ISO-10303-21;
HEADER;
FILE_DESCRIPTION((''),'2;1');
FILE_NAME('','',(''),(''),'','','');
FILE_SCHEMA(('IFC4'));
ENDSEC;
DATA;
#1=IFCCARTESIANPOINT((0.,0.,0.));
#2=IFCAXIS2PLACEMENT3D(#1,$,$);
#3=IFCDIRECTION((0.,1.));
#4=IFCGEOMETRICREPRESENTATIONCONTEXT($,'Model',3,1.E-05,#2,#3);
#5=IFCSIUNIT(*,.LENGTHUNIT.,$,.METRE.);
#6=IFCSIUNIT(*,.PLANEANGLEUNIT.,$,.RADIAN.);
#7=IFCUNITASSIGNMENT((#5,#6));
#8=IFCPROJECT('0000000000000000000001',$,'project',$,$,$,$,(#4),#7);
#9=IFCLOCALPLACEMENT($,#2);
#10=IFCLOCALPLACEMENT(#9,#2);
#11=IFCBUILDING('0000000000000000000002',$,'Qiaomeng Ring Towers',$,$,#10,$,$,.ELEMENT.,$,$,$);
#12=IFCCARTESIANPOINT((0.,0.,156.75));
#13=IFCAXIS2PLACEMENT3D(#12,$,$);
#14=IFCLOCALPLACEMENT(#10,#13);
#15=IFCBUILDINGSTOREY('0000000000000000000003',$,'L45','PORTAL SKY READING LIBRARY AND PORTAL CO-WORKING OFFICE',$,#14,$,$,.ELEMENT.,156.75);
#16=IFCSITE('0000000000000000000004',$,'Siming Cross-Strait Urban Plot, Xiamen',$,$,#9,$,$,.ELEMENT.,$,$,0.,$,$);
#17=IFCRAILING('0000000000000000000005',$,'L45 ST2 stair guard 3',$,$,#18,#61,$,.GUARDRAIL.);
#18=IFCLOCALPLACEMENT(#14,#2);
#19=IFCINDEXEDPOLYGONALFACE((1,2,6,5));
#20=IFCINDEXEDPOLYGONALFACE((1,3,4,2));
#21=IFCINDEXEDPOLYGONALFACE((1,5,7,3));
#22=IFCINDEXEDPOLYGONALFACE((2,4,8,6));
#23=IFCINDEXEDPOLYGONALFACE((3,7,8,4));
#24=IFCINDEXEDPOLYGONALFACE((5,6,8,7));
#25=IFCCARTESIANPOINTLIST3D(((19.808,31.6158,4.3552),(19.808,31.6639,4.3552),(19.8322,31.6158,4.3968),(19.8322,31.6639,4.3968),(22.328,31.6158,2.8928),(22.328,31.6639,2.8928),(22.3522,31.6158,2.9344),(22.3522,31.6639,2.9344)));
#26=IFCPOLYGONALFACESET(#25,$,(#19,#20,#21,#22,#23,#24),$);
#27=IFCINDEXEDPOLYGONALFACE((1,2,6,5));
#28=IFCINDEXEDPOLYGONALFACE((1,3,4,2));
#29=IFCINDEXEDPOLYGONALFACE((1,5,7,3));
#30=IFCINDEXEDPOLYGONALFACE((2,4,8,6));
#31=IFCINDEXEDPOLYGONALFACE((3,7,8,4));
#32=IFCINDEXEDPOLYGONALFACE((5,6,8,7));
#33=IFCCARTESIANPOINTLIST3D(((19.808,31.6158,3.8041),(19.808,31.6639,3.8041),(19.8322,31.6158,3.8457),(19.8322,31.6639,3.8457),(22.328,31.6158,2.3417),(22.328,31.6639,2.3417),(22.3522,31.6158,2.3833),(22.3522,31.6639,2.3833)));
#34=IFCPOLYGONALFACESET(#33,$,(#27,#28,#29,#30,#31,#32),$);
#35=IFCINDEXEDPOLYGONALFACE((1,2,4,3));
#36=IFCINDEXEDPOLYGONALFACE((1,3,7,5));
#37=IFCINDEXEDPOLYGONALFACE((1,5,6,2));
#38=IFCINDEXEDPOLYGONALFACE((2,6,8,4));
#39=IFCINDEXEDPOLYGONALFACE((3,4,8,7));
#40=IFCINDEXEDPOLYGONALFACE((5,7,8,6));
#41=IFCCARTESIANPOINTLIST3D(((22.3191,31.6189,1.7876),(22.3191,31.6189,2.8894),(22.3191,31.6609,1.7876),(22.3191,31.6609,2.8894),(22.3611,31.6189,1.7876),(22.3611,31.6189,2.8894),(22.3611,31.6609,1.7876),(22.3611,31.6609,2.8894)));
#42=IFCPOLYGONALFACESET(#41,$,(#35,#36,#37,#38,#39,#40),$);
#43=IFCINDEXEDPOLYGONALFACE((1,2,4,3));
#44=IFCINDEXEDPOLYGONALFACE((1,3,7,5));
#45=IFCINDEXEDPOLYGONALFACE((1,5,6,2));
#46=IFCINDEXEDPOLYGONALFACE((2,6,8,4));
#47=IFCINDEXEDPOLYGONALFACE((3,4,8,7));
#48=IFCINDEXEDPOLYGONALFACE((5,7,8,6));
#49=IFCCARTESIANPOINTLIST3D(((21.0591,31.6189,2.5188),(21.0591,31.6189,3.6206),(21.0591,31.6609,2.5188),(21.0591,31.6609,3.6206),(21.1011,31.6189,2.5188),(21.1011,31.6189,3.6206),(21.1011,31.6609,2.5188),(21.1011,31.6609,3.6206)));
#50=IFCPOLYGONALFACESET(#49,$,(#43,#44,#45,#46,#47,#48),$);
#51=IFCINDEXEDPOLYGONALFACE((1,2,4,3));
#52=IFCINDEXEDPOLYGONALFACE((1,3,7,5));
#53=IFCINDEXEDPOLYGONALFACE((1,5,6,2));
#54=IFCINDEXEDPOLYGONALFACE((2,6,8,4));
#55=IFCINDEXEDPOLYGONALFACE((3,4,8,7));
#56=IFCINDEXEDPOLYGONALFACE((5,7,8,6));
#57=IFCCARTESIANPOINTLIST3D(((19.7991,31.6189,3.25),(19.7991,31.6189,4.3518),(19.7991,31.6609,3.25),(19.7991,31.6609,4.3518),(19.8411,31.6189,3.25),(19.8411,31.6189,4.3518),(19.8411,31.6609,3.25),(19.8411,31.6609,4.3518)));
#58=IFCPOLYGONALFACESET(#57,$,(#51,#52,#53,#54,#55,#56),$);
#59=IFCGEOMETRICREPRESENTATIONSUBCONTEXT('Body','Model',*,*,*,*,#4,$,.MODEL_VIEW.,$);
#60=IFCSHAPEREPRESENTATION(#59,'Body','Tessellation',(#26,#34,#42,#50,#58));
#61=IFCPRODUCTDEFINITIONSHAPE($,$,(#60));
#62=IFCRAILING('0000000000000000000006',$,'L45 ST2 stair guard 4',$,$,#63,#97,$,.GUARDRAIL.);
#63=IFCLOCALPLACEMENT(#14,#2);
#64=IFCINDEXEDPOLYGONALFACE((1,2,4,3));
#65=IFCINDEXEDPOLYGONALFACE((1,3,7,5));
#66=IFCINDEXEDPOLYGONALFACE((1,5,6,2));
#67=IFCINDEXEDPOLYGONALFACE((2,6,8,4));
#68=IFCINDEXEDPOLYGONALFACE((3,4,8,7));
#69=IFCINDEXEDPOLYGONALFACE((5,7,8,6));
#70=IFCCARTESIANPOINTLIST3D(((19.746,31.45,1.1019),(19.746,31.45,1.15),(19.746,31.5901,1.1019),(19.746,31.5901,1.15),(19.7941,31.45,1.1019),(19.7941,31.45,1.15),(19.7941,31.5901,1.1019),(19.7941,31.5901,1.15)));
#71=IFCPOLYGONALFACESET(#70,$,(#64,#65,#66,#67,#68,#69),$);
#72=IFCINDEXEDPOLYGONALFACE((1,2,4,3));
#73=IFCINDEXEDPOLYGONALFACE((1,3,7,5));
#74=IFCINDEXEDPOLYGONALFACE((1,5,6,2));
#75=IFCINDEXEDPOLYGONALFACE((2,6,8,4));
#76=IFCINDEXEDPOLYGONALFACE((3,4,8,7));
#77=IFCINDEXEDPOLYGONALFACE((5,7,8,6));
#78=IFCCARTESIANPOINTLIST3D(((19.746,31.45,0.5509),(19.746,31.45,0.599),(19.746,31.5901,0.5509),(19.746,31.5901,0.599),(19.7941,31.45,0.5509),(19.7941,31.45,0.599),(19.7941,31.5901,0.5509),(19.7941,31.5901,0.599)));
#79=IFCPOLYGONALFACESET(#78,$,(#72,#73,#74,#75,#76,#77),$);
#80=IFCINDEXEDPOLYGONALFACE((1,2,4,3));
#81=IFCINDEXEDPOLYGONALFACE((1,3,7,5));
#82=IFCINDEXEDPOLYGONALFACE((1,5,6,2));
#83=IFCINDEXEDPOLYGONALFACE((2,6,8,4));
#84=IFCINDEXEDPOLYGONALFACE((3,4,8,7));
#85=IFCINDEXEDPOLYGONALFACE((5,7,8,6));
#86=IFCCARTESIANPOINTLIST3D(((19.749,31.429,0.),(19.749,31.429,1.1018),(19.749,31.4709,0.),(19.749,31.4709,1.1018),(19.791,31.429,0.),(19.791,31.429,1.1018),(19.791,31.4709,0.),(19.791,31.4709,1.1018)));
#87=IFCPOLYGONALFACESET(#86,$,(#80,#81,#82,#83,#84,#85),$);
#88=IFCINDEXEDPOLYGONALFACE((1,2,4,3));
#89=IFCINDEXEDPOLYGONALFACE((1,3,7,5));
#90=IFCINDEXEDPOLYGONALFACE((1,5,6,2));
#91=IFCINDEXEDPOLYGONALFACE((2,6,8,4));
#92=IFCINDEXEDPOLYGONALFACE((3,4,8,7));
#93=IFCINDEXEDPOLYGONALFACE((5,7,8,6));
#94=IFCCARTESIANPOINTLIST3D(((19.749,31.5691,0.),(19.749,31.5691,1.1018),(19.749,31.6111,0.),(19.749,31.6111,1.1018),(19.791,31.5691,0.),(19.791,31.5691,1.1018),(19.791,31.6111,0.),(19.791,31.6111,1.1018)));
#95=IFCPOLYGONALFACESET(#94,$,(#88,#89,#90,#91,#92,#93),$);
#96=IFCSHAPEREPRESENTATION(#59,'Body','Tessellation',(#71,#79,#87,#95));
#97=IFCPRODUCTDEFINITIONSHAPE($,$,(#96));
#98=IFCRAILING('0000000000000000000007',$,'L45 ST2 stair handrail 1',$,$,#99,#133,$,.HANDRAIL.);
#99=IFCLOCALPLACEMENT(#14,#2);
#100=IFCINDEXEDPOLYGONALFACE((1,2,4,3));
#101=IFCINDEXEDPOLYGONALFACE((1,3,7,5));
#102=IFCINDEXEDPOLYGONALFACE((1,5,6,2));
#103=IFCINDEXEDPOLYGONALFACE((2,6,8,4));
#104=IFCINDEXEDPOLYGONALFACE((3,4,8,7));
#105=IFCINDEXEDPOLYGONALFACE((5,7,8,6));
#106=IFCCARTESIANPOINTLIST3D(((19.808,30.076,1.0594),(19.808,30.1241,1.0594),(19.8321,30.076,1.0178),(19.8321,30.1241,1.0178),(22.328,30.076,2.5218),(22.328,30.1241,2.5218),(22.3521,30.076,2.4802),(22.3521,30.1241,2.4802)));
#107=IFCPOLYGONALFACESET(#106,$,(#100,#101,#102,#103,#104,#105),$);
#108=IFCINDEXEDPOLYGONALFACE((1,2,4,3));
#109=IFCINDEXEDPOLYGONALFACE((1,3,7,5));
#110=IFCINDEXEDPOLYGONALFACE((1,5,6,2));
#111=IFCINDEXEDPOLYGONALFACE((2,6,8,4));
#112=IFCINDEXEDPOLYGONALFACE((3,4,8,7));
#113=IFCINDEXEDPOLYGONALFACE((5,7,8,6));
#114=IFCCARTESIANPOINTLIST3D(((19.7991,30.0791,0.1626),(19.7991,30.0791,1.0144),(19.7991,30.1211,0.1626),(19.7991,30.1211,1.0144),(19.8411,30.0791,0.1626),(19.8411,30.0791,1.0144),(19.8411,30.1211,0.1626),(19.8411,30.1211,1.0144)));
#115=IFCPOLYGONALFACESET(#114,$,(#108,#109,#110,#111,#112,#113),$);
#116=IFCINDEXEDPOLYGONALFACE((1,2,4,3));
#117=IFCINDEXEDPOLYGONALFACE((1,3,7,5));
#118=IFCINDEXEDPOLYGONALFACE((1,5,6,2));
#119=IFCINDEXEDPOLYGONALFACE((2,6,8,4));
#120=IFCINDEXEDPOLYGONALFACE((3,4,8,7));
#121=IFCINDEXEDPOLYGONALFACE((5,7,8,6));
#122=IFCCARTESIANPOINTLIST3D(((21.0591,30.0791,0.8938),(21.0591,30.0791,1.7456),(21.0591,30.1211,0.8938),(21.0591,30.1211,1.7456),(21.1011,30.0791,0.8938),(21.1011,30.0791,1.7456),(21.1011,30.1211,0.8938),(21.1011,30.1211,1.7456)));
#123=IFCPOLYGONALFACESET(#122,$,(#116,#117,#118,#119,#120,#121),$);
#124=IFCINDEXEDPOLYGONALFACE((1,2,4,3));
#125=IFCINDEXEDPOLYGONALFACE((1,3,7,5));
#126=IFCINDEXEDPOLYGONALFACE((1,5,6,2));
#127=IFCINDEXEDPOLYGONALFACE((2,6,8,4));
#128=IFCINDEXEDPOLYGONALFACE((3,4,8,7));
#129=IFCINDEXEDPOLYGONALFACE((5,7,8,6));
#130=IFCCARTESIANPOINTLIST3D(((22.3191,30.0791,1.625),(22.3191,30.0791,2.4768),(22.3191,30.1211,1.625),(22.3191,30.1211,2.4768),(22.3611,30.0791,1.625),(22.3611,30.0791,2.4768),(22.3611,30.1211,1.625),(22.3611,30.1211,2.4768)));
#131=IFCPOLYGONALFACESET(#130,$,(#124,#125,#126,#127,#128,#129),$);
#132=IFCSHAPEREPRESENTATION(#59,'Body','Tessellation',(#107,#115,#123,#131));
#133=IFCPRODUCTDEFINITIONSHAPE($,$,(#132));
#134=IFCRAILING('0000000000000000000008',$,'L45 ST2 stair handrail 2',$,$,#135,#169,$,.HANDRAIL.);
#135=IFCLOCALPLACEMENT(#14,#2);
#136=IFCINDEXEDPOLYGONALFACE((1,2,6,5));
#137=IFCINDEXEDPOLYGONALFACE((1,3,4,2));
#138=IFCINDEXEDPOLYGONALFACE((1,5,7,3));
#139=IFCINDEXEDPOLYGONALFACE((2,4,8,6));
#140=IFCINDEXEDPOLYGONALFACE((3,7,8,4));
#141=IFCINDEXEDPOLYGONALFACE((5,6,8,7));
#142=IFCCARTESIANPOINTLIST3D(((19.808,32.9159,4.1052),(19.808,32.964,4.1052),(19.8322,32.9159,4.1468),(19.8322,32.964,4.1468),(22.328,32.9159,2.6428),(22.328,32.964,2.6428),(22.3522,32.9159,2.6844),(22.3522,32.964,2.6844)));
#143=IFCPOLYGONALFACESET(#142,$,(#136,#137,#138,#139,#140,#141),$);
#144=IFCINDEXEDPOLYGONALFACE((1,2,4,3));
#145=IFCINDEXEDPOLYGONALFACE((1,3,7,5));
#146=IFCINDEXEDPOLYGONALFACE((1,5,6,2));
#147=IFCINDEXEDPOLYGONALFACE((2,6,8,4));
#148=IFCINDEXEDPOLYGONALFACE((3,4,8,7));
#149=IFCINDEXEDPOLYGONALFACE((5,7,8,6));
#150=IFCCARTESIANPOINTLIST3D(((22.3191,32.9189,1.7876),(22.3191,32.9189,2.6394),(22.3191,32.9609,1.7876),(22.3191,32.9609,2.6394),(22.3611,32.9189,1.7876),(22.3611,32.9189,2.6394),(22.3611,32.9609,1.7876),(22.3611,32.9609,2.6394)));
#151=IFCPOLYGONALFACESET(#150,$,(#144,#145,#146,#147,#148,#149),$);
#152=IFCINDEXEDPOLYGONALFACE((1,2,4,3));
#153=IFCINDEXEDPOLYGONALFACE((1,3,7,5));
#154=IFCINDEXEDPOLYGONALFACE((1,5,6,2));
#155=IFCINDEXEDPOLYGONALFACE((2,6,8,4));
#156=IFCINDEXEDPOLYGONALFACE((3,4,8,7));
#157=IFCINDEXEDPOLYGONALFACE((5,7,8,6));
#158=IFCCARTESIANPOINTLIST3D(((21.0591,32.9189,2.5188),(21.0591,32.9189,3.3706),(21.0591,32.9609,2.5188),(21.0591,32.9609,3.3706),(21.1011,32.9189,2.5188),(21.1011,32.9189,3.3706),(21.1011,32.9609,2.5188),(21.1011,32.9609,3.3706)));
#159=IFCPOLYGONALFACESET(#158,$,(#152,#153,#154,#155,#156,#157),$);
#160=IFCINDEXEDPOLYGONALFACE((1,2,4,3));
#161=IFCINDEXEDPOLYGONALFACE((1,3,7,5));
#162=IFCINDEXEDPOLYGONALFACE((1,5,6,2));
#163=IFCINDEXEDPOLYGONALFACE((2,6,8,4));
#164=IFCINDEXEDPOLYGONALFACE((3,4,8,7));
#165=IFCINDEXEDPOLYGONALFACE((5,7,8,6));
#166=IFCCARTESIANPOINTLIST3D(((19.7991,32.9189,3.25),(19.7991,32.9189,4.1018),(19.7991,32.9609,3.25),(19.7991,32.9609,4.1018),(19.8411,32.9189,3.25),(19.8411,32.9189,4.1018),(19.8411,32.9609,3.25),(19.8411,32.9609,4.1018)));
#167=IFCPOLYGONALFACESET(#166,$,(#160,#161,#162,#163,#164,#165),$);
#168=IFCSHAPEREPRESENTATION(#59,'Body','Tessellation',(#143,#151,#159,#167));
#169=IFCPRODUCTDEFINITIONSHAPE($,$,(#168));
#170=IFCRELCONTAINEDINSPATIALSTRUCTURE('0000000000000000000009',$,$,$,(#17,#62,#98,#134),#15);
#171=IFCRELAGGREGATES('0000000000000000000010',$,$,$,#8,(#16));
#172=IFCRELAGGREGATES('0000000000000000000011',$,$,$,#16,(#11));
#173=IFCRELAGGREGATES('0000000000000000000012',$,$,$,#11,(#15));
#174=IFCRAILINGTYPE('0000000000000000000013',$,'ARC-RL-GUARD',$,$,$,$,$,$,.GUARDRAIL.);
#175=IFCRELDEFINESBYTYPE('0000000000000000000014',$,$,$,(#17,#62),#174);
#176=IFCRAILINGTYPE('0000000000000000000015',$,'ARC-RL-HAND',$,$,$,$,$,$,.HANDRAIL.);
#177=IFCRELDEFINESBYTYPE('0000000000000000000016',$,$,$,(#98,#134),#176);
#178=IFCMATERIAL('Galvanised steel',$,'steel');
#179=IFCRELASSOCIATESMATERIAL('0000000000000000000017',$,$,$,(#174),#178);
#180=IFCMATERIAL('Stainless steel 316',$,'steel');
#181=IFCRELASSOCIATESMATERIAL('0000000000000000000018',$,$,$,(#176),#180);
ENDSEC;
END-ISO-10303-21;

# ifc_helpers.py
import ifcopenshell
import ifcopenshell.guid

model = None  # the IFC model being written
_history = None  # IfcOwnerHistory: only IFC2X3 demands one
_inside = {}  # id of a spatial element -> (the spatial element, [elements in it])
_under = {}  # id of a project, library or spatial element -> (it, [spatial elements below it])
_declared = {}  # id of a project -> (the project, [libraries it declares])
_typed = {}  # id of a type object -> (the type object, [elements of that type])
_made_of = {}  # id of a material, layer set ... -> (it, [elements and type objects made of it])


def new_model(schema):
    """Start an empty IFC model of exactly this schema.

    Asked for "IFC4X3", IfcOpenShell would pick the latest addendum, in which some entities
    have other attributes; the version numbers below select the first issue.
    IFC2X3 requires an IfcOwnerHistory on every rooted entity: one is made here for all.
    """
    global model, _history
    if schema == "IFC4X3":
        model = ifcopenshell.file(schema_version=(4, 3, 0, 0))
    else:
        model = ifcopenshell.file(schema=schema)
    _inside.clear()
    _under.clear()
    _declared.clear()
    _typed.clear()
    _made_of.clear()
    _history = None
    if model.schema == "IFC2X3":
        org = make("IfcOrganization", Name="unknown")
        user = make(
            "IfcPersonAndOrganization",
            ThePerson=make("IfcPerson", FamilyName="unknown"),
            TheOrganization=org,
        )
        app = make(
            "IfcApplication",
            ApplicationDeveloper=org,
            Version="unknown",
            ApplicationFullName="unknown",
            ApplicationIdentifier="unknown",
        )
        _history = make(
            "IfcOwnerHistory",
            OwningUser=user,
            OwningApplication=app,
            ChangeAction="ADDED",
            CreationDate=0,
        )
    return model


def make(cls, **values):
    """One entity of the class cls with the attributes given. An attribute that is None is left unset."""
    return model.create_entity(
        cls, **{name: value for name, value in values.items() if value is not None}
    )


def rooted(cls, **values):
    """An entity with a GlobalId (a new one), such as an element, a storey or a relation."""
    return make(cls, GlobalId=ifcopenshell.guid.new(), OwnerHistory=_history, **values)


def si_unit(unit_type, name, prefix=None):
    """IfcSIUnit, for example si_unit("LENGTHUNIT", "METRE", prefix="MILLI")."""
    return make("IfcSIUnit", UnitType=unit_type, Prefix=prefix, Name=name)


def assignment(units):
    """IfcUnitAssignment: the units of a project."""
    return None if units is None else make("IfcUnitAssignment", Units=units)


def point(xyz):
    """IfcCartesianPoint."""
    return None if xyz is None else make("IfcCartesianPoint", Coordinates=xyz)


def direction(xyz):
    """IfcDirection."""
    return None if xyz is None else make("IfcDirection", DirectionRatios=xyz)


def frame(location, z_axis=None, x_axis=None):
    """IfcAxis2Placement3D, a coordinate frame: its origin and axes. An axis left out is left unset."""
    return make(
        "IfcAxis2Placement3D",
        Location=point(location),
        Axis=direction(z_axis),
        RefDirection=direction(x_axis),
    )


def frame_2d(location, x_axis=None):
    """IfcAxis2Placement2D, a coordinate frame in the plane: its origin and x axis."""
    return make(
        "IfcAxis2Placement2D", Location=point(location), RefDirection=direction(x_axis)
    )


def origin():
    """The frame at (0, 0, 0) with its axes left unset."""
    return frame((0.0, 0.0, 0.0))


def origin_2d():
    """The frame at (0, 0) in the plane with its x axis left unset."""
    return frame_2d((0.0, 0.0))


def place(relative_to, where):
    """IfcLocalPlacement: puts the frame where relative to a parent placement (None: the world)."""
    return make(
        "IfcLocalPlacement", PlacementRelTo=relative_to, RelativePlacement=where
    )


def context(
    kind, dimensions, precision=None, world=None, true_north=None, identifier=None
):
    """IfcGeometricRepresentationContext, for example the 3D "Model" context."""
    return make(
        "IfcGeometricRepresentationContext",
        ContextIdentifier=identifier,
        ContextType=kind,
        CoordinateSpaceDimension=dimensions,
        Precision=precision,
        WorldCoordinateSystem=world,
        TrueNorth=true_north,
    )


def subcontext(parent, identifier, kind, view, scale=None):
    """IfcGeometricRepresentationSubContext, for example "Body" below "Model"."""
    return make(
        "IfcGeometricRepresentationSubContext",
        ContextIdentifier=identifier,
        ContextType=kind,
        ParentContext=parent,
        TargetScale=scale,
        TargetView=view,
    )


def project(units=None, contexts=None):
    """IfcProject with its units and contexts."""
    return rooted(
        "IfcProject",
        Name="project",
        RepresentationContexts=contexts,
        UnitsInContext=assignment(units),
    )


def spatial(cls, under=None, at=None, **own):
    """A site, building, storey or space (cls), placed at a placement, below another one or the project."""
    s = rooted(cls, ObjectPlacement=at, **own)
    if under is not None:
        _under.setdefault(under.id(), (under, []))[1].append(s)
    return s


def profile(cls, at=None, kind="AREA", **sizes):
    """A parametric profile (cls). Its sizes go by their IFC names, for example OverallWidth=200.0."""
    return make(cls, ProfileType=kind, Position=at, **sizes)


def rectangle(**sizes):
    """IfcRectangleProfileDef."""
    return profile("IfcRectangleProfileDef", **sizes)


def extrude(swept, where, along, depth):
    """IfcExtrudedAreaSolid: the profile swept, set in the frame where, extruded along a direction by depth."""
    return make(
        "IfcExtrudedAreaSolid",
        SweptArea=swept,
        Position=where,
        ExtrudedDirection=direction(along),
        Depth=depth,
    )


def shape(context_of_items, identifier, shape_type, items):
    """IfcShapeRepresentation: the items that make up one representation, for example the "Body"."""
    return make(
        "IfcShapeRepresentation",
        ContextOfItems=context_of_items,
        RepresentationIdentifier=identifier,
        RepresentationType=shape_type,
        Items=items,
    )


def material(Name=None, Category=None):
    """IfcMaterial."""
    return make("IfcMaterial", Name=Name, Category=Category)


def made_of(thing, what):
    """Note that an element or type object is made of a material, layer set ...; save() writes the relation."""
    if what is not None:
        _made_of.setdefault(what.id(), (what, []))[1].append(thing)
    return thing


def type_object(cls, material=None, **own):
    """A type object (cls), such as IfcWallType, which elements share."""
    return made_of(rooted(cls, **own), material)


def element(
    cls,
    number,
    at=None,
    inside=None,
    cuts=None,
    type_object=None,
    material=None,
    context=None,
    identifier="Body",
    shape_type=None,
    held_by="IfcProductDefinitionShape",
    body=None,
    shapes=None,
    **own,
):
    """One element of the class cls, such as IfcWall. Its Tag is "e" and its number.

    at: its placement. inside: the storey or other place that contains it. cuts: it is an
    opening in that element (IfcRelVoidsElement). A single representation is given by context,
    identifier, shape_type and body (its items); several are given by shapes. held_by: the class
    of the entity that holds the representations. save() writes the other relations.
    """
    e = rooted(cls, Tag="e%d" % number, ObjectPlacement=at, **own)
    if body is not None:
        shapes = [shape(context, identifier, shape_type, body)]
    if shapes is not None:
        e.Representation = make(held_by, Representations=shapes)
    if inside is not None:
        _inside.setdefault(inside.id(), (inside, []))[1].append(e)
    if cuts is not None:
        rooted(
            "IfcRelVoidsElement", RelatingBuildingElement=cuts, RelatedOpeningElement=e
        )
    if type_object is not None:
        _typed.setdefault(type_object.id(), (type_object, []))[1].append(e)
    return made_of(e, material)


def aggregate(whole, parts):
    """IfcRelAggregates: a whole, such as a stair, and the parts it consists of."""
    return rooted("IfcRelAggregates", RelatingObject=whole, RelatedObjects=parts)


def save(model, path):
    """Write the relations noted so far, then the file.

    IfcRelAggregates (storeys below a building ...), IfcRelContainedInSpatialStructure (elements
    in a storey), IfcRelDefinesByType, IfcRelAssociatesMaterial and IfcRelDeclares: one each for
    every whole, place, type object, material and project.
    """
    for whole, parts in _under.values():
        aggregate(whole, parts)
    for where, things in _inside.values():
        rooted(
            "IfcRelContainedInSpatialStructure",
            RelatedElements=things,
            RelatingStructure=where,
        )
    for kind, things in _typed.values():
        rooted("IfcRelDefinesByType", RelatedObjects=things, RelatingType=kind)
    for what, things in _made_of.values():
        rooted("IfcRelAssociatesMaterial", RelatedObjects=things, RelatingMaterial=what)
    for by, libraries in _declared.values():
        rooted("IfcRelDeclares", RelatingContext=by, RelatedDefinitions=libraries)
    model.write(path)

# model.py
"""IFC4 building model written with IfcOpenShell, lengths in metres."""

from ifc_helpers import new_model, si_unit, direction, frame, origin, origin_2d, place, context, subcontext, project, spatial, rectangle, extrude, material, type_object, element, save


model = new_model("IFC4")

# Units and contexts
model_context = context("Model", 3, precision=1e-05, world=origin(), true_north=direction((0.0, 1.0)))
body_context = subcontext(model_context, "Body", "Model", "MODEL_VIEW")
ifc_project = project(units=[si_unit("LENGTHUNIT", "METRE"), si_unit("PLANEANGLEUNIT", "RADIAN")], contexts=[model_context])

# Site, building, storey
site_placement = place(None, origin())
site = spatial("IfcSite", under=ifc_project, at=site_placement, Name="Siming Cross-Strait Urban Plot, Xiamen", CompositionType="ELEMENT", RefElevation=0.0)
building_placement = place(site_placement, origin())
building = spatial("IfcBuilding", under=site, at=building_placement, Name="Qiaomeng Ring Towers", CompositionType="ELEMENT")
storey_placement = place(building_placement, frame((0.0, 0.0, 156.75)))
storey = spatial("IfcBuildingStorey", under=building, at=storey_placement, Name="L45", Description="PORTAL SKY READING LIBRARY AND PORTAL CO-WORKING OFFICE", CompositionType="ELEMENT", Elevation=156.75)

# Railings
ifc_material_1 = material(Name="Galvanised steel", Category="steel")
railing_type_1 = type_object("IfcRailingType", Name="ARC-RL-GUARD", PredefinedType="GUARDRAIL", material=ifc_material_1)
railing_1_placement = place(storey_placement, frame((22.3401, 31.6399, 1.7876)))
element("IfcRailing", 1, at=railing_1_placement, inside=storey, type_object=railing_type_1, Name="L45 ST2 stair guard 3", PredefinedType="GUARDRAIL", context=body_context, shape_type="SweptSolid", body=[
    extrude(rectangle(XDim=0.0481, YDim=0.0481, at=origin_2d()), frame((0.0, 0.0, 1.126), z_axis=(-0.864913, 0.0, 0.501921), x_axis=(0.0, -1.0, 0.0)), (0.0, 0.0, 1.0), 2.9136),
    extrude(rectangle(XDim=0.0481, YDim=0.0481, at=origin_2d()), frame((0.0, 0.0, 0.575), z_axis=(-0.864913, 0.0, 0.501921), x_axis=(0.0, -1.0, 0.0)), (0.0, 0.0, 1.0), 2.9136),
    extrude(rectangle(XDim=0.042, YDim=0.042, at=origin_2d()), origin(), (0.0, 0.0, 1.0), 1.1018),
    extrude(rectangle(XDim=0.042, YDim=0.042, at=origin_2d()), frame((-1.26, 0.0, 0.7312)), (0.0, 0.0, 1.0), 1.1018),
    extrude(rectangle(XDim=0.042, YDim=0.042, at=origin_2d()), frame((-2.52, 0.0, 1.4624)), (0.0, 0.0, 1.0), 1.1018),
])
railing_2_placement = place(storey_placement, frame((19.77, 31.45, 0.0)))
element("IfcRailing", 2, at=railing_2_placement, inside=storey, type_object=railing_type_1, Name="L45 ST2 stair guard 4", PredefinedType="GUARDRAIL", context=body_context, shape_type="SweptSolid", body=[
    extrude(rectangle(XDim=0.0481, YDim=0.0481, at=origin_2d()), frame((0.0, 0.0, 1.126), z_axis=(0.0, 1.0, 0.0), x_axis=(-1.0, 0.0, 0.0)), (0.0, 0.0, 1.0), 0.1401),
    extrude(rectangle(XDim=0.0481, YDim=0.0481, at=origin_2d()), frame((0.0, 0.0, 0.575), z_axis=(0.0, 1.0, 0.0), x_axis=(-1.0, 0.0, 0.0)), (0.0, 0.0, 1.0), 0.1401),
    extrude(rectangle(XDim=0.042, YDim=0.042, at=origin_2d()), origin(), (0.0, 0.0, 1.0), 1.1018),
    extrude(rectangle(XDim=0.042, YDim=0.042, at=origin_2d()), frame((0.0, 0.1401, 0.0)), (0.0, 0.0, 1.0), 1.1018),
])
ifc_material_2 = material(Name="Stainless steel 316", Category="steel")
railing_type_2 = type_object("IfcRailingType", Name="ARC-RL-HAND", PredefinedType="HANDRAIL", material=ifc_material_2)
railing_3_placement = place(storey_placement, frame((19.8201, 30.1001, 0.1626)))
element("IfcRailing", 3, at=railing_3_placement, inside=storey, type_object=railing_type_2, Name="L45 ST2 stair handrail 1", PredefinedType="HANDRAIL", context=body_context, shape_type="SweptSolid", body=[
    extrude(rectangle(XDim=0.0481, YDim=0.0481, at=origin_2d()), frame((0.0, 0.0, 0.876), z_axis=(0.864913, 0.0, 0.501921), x_axis=(0.0, 1.0, 0.0)), (0.0, 0.0, 1.0), 2.9136),
    extrude(rectangle(XDim=0.042, YDim=0.042, at=origin_2d()), origin(), (0.0, 0.0, 1.0), 0.8518),
    extrude(rectangle(XDim=0.042, YDim=0.042, at=origin_2d()), frame((1.26, 0.0, 0.7312)), (0.0, 0.0, 1.0), 0.8518),
    extrude(rectangle(XDim=0.042, YDim=0.042, at=origin_2d()), frame((2.52, 0.0, 1.4624)), (0.0, 0.0, 1.0), 0.8518),
])
railing_4_placement = place(storey_placement, frame((22.3401, 32.9399, 1.7876)))
element("IfcRailing", 4, at=railing_4_placement, inside=storey, type_object=railing_type_2, Name="L45 ST2 stair handrail 2", PredefinedType="HANDRAIL", context=body_context, shape_type="SweptSolid", body=[
    extrude(rectangle(XDim=0.0481, YDim=0.0481, at=origin_2d()), frame((0.0, 0.0, 0.876), z_axis=(-0.864913, 0.0, 0.501921), x_axis=(0.0, -1.0, 0.0)), (0.0, 0.0, 1.0), 2.9136),
    extrude(rectangle(XDim=0.042, YDim=0.042, at=origin_2d()), origin(), (0.0, 0.0, 1.0), 0.8518),
    extrude(rectangle(XDim=0.042, YDim=0.042, at=origin_2d()), frame((-1.26, 0.0, 0.7312)), (0.0, 0.0, 1.0), 0.8518),
    extrude(rectangle(XDim=0.042, YDim=0.042, at=origin_2d()), frame((-2.52, 0.0, 1.4624)), (0.0, 0.0, 1.0), 0.8518),
])

save(model, "model.ifc")
